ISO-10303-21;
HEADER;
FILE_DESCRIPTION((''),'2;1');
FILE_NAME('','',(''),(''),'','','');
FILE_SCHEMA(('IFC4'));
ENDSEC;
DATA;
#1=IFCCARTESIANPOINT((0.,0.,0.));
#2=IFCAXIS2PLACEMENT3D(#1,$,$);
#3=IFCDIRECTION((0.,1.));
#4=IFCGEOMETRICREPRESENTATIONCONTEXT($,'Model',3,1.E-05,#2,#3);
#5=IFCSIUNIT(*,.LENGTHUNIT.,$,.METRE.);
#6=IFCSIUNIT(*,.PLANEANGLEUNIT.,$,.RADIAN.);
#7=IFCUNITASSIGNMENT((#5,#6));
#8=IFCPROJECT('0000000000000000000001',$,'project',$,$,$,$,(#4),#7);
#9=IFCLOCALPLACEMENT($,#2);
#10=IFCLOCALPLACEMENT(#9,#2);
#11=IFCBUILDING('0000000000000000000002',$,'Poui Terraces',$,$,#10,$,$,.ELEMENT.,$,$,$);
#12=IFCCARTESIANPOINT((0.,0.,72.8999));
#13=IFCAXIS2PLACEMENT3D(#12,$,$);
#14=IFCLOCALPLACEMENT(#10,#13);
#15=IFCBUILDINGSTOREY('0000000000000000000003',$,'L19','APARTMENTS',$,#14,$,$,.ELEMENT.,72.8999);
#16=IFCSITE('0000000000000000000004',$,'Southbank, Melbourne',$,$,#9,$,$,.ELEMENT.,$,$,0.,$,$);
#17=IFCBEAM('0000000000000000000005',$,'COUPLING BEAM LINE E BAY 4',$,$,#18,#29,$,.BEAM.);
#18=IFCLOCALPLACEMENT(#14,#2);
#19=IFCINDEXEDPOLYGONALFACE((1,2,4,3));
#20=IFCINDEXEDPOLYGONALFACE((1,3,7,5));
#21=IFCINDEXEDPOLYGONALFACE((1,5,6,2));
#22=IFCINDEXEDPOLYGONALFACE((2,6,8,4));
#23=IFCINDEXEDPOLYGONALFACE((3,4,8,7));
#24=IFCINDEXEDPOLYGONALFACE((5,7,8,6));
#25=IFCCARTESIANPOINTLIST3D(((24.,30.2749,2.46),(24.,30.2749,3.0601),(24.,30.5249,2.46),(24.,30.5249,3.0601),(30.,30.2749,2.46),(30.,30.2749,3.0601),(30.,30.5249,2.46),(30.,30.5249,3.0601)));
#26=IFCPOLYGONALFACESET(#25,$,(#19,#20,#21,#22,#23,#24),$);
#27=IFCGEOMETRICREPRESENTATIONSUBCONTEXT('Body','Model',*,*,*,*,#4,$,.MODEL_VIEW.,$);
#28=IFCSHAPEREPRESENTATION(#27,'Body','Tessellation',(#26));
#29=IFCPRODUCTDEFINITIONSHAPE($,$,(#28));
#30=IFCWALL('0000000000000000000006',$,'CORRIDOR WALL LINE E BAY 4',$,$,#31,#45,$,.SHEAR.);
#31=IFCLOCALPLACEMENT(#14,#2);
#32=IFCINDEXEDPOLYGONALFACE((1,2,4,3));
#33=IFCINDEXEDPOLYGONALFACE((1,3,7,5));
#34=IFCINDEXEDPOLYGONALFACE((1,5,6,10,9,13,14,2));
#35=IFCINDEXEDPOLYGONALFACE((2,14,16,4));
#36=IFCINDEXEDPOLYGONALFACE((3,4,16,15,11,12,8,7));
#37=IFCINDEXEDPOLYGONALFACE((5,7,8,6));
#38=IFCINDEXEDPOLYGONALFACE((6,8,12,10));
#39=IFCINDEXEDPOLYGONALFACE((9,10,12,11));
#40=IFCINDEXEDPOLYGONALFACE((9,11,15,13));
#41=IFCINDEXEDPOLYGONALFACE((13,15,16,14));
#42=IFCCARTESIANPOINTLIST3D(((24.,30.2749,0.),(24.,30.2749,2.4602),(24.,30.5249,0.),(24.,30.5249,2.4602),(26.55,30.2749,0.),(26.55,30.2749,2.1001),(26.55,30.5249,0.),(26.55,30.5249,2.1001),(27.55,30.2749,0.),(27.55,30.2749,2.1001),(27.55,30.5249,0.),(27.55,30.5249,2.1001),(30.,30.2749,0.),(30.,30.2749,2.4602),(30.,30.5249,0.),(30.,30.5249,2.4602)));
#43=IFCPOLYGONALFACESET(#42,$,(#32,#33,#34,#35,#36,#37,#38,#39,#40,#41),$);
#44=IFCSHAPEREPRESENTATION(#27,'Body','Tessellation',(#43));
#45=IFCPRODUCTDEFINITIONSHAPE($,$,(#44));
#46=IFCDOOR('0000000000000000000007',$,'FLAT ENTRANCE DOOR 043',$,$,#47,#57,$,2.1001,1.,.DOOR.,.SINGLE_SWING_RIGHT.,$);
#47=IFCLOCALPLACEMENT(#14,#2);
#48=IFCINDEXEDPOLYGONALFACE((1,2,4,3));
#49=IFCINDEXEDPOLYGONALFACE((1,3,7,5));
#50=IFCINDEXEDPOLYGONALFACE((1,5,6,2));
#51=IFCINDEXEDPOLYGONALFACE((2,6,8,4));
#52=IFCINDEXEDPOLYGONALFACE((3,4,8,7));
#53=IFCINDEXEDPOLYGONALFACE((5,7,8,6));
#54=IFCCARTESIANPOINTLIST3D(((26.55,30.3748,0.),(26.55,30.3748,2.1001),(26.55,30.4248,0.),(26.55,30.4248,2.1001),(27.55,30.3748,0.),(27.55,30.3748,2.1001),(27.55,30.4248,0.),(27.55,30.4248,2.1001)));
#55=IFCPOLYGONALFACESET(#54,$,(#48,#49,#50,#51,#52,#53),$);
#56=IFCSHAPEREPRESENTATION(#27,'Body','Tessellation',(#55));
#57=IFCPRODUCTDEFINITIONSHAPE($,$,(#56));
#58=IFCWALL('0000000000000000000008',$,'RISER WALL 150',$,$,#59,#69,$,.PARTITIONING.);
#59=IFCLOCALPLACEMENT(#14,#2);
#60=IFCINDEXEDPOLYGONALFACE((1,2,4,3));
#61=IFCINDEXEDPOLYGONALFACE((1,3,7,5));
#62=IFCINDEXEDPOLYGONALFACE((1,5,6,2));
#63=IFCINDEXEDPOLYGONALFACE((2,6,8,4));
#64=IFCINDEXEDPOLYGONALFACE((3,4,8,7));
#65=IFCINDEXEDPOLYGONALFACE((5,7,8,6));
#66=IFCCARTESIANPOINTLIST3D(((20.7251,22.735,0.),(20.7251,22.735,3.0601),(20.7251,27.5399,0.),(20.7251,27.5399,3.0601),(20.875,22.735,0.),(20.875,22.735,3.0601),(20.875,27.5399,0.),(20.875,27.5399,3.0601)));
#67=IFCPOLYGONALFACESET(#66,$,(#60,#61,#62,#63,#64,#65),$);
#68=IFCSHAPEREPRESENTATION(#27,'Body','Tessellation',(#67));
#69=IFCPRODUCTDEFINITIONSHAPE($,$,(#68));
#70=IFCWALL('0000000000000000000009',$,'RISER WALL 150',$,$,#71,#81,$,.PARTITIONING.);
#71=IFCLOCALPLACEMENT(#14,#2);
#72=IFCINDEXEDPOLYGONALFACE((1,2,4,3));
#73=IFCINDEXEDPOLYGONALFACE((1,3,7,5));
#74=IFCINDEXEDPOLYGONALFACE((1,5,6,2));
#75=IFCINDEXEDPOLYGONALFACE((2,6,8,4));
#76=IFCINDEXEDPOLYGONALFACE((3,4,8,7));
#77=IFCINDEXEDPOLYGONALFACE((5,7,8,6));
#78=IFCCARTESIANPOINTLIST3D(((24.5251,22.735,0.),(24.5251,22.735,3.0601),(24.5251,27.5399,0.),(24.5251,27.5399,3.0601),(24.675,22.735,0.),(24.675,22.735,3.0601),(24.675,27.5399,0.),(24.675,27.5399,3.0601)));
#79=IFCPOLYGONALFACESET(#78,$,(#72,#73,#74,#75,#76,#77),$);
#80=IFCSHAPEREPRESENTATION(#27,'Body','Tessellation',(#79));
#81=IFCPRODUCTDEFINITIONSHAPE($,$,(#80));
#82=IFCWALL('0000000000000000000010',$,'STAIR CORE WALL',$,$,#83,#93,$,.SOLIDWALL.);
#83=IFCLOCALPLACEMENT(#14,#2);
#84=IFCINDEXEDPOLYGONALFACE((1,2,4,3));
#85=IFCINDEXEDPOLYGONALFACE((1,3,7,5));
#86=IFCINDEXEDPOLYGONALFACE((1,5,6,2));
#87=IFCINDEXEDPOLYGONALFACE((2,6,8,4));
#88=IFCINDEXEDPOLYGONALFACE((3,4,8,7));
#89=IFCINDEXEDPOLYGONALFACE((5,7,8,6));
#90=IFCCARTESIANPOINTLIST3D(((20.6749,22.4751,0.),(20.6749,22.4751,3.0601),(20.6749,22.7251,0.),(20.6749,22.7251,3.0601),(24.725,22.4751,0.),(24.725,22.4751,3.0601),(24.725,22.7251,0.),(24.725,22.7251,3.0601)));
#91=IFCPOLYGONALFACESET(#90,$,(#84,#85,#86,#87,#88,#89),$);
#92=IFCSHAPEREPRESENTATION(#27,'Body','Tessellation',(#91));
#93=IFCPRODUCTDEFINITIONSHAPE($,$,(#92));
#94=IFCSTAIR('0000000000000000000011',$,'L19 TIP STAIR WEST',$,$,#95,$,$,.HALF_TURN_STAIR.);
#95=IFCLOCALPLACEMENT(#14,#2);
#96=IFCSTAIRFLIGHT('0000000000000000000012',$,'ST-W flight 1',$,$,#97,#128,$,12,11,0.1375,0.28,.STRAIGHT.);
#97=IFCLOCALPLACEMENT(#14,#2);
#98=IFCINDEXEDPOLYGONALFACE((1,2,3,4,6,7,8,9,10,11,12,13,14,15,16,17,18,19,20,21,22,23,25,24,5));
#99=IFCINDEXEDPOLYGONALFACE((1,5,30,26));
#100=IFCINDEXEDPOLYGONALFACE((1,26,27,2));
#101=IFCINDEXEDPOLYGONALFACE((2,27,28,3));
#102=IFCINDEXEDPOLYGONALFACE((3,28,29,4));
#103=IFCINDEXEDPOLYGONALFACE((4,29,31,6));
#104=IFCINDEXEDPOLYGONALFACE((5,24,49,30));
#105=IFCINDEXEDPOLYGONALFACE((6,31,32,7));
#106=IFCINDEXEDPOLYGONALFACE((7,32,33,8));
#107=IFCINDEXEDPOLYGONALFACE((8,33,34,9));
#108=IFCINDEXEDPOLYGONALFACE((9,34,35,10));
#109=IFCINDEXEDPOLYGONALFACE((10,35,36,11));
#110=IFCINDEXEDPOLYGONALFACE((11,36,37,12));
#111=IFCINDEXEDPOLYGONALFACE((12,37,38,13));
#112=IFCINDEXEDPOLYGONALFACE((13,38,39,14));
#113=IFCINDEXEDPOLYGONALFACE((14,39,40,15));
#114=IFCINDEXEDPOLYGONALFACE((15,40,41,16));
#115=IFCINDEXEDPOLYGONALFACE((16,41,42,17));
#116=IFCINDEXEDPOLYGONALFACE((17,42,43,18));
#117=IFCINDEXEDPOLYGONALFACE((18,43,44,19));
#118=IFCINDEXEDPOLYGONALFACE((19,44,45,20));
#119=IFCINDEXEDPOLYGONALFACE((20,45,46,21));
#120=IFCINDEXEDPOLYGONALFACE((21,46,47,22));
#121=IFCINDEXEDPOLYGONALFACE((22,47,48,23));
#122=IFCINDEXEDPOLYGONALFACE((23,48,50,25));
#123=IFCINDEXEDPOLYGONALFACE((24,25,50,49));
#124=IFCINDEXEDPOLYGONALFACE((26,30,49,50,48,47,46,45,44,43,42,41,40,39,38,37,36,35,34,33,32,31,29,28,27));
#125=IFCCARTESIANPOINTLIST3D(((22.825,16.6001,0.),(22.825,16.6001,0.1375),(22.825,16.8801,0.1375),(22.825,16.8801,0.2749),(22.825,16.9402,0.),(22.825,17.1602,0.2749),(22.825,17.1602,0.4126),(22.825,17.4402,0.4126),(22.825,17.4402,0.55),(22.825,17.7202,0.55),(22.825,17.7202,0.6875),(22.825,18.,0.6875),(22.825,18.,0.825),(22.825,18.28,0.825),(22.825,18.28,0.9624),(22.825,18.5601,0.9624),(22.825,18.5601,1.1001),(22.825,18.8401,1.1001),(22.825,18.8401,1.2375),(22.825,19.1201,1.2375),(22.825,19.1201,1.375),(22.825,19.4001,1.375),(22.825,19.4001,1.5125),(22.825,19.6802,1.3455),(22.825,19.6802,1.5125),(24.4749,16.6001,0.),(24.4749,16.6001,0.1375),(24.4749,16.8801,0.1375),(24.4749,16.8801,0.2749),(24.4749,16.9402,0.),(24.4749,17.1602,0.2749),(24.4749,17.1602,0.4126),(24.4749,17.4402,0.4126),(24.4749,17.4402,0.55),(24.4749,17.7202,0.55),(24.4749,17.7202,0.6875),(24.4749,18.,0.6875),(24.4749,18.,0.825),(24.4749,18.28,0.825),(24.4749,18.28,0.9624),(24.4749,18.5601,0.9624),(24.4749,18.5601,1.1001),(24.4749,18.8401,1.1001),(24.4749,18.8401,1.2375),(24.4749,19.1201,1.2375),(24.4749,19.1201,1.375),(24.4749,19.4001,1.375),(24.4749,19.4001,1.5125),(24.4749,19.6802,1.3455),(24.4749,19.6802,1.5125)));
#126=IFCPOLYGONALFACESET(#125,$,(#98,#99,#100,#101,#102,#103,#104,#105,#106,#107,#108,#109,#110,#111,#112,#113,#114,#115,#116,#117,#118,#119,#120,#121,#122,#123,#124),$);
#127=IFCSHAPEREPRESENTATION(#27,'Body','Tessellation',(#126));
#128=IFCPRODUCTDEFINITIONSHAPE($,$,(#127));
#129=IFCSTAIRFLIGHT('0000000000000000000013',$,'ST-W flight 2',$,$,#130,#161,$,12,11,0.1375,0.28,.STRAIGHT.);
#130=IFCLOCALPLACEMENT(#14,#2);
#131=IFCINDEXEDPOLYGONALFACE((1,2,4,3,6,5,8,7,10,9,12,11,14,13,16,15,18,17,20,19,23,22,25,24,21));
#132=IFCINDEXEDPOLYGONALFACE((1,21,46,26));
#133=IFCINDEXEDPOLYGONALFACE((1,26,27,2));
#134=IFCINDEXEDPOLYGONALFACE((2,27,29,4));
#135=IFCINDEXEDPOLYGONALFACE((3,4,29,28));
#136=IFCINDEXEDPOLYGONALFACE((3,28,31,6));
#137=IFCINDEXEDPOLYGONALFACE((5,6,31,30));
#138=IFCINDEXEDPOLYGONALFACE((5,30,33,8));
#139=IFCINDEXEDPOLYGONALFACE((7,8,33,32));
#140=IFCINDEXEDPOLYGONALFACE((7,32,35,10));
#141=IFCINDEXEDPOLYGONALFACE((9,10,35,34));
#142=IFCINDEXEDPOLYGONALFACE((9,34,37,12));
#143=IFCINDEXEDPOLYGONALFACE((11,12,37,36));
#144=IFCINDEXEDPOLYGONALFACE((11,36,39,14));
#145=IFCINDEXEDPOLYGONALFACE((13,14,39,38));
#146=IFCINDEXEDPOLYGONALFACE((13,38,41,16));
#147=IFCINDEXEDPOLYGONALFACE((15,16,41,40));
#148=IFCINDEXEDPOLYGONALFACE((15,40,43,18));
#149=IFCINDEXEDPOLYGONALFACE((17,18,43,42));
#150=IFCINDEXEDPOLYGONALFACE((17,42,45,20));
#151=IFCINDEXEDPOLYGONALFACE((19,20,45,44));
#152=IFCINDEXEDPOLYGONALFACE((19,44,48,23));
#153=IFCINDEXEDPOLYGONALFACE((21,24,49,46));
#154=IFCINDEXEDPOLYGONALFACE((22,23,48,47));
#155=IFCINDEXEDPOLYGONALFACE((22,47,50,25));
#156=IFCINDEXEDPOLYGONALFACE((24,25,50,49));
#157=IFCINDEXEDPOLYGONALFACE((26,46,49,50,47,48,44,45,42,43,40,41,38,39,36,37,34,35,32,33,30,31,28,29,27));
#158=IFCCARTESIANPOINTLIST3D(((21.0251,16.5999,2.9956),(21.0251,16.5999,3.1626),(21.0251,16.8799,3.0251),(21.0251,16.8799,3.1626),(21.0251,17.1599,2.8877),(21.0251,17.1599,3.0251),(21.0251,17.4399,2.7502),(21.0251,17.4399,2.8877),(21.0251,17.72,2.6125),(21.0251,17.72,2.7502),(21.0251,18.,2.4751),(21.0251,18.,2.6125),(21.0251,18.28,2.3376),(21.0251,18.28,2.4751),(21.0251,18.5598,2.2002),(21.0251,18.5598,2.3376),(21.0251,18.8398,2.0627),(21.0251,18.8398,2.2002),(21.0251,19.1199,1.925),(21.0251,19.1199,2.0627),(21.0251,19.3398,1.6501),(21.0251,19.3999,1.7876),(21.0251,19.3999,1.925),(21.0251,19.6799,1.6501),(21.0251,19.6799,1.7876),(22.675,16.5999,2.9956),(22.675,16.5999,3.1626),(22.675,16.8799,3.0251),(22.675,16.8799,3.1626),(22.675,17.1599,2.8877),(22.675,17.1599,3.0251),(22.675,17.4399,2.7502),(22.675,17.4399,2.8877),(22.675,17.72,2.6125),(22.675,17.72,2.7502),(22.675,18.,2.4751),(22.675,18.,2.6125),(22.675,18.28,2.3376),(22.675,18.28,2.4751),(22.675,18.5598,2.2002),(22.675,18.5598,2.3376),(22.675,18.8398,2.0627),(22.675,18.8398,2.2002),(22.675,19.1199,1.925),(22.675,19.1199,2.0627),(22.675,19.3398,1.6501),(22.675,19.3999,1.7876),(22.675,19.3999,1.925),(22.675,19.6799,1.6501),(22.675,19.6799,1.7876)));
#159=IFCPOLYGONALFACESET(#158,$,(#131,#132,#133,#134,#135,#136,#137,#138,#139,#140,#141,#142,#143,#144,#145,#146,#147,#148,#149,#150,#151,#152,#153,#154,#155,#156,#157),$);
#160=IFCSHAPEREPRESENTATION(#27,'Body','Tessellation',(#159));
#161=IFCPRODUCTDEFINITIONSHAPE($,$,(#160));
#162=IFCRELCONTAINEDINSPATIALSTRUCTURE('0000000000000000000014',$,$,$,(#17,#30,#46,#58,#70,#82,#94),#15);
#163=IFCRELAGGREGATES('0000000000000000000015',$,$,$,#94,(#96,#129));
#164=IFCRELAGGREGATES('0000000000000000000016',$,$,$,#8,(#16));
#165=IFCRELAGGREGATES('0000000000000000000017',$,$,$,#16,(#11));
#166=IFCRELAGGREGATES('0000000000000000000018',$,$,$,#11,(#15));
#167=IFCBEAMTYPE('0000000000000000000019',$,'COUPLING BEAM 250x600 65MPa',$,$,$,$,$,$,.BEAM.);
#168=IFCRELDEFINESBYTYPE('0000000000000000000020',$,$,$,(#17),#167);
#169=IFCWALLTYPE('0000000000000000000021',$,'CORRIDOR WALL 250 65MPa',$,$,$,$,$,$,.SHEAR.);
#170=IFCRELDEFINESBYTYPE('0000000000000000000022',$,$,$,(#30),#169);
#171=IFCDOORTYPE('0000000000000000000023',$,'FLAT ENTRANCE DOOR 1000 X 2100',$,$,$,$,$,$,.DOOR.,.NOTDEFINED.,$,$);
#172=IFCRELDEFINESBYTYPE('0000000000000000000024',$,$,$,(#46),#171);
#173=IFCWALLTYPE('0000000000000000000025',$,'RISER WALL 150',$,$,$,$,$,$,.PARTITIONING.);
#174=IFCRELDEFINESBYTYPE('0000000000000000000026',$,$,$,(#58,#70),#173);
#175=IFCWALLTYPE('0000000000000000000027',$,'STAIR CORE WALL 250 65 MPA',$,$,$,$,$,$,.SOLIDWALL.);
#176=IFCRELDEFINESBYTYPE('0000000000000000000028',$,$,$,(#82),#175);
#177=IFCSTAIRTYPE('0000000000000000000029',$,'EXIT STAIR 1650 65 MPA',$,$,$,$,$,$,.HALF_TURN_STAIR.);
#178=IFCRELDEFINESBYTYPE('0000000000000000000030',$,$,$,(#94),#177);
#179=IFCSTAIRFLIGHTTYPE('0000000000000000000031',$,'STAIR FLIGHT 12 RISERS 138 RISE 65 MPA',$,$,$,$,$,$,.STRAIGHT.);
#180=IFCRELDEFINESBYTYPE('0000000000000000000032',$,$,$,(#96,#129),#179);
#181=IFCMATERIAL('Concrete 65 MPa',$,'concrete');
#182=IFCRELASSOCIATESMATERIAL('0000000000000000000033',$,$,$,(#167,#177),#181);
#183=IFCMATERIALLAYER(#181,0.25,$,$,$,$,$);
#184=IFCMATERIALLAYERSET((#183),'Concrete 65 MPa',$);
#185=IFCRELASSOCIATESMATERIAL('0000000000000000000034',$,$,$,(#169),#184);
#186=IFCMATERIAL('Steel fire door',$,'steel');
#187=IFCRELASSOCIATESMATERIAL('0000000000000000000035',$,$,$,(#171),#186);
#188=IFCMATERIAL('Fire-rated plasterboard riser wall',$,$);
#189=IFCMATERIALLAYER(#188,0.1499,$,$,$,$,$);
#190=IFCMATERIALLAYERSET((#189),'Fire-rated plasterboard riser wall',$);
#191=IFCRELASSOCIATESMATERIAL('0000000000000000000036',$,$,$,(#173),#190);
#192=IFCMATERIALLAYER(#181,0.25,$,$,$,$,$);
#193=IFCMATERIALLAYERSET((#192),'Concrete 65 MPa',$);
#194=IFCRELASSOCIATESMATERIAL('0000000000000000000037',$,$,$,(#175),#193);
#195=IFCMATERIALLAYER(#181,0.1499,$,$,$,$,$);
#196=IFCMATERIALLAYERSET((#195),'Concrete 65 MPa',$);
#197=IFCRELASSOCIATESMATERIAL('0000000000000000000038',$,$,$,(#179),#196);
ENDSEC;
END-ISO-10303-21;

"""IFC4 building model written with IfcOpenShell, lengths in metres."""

from ifc_helpers import new_model, si_unit, direction, frame, frame_2d, origin, origin_2d, place, context, subcontext, project, spatial, polyline, rectangle, outline, extrude, source, transform, mapped, material, layer, layer_set, material_profile, profile_set, type_object, element, fill, aggregate, save


model = new_model("IFC4")

# Units and contexts
model_context = context("Model", 3, precision=1e-05, world=origin(), true_north=direction((0.0, 1.0)))
body_context = subcontext(model_context, "Body", "Model", "MODEL_VIEW")
ifc_project = project(units=[si_unit("LENGTHUNIT", "METRE"), si_unit("PLANEANGLEUNIT", "RADIAN")], contexts=[model_context])

# Site, building, storey
site_placement = place(None, origin())
site = spatial("IfcSite", under=ifc_project, at=site_placement, Name="Southbank, Melbourne", CompositionType="ELEMENT", RefElevation=0.0)
building_placement = place(site_placement, origin())
building = spatial("IfcBuilding", under=site, at=building_placement, Name="Poui Terraces", CompositionType="ELEMENT")
storey_placement = place(building_placement, frame((0.0, 0.0, 72.8999)))
storey = spatial("IfcBuildingStorey", under=building, at=storey_placement, Name="L19", Description="APARTMENTS", CompositionType="ELEMENT", Elevation=72.8999)

# Beam
ifc_material_1 = material(Name="Concrete 65 MPa", Category="concrete")
ifc_material_profile = material_profile(ifc_material_1, rectangle(XDim=0.25, YDim=0.6001, at=origin_2d()), Name="RC 250x600")
ifc_profile_set = profile_set([ifc_material_profile], Name="Concrete 65 MPa")
beam_type = type_object("IfcBeamType", Name="COUPLING BEAM 250x600 65MPa", PredefinedType="BEAM", material=ifc_profile_set)
shared_shape = source(origin(), body_context, "Body", "SweptSolid", [
    extrude(rectangle(XDim=0.25, YDim=0.6001, at=origin_2d()), origin(), (0.0, 0.0, 1.0), 6.0),
])
beam_placement = place(storey_placement, frame((24.0, 30.3999, 2.76), z_axis=(1.0, 0.0, 0.0), x_axis=(0.0, 1.0, 0.0)))
element("IfcBeam", 1, at=beam_placement, inside=storey, type_object=beam_type, Name="COUPLING BEAM LINE E BAY 4", PredefinedType="BEAM", context=body_context, shape_type="MappedRepresentation", body=[
    mapped(shared_shape, transform((0.0, 0.0, 0.0))),
])

# Wall, opening, door
ifc_layer_1 = layer(ifc_material_1, 0.25)
ifc_layer_set_1 = layer_set([ifc_layer_1], Name="Concrete 65 MPa")
wall_type_1 = type_object("IfcWallType", Name="CORRIDOR WALL 250 65MPa", PredefinedType="SHEAR", material=ifc_layer_set_1)
wall_1_placement = place(storey_placement, frame((24.0, 30.3999, 0.0), z_axis=(0.0, 0.0, 1.0), x_axis=(1.0, 0.0, 0.0)))
wall_1 = element("IfcWall", 2, at=wall_1_placement, inside=storey, type_object=wall_type_1, Name="CORRIDOR WALL LINE E BAY 4", PredefinedType="SHEAR", context=body_context, shape_type="SweptSolid", body=[
    extrude(rectangle(XDim=6.0, YDim=0.25, at=frame_2d((3.0, 0.0))), origin(), (0.0, 0.0, 1.0), 2.4602),
])
opening_placement = place(wall_1_placement, frame((2.55, 0.0, 0.0)))
opening = element("IfcOpeningElement", 3, at=opening_placement, cuts=wall_1, PredefinedType="OPENING", context=body_context, shape_type="SweptSolid", body=[
    extrude(rectangle(XDim=1.0, YDim=2.1001, at=frame_2d((0.5, 1.05))), frame((0.0, 0.135, 0.0), z_axis=(0.0, -1.0, 0.0), x_axis=(1.0, 0.0, 0.0)), (0.0, 0.0, 1.0), 0.27),
])
ifc_material_2 = material(Name="Steel fire door", Category="steel")
door_type = type_object("IfcDoorType", Name="FLAT ENTRANCE DOOR 1000 X 2100", OperationType="NOTDEFINED", PredefinedType="DOOR", material=ifc_material_2)
door_placement = place(opening_placement, origin())
door = element("IfcDoor", 4, at=door_placement, inside=storey, type_object=door_type, Name="FLAT ENTRANCE DOOR 043", OperationType="SINGLE_SWING_RIGHT", OverallHeight=2.1001, OverallWidth=1.0, PredefinedType="DOOR", context=body_context, shape_type="SweptSolid", body=[
    extrude(rectangle(XDim=1.0, YDim=2.1001, at=frame_2d((0.5, 1.05))), frame((0.0, 0.0249, 0.0), z_axis=(0.0, -1.0, 0.0), x_axis=(1.0, 0.0, 0.0)), (0.0, 0.0, 1.0), 0.05),
])
fill(opening, door)

# Walls
ifc_material_3 = material(Name="Fire-rated plasterboard riser wall")
ifc_layer_2 = layer(ifc_material_3, 0.1499)
ifc_layer_set_2 = layer_set([ifc_layer_2], Name="Fire-rated plasterboard riser wall")
wall_type_2 = type_object("IfcWallType", Name="RISER WALL 150", PredefinedType="PARTITIONING", material=ifc_layer_set_2)
for number, where, z_axis, x_axis, name in (
    (5, (20.8, 22.7351, 0.0), (0.0, 0.0, 1.0), (0.0, 1.0, 0.0), "RISER WALL 150"),
    (6, (24.6001, 22.7351, 0.0), (0.0, 0.0, 1.0), (0.0, 1.0, 0.0), "RISER WALL 150"),
):
    element("IfcWall", number, at=place(storey_placement, frame(where, z_axis=z_axis, x_axis=x_axis)), inside=storey, type_object=wall_type_2, Name=name, PredefinedType="PARTITIONING", context=body_context, shape_type="SweptSolid", body=[
        extrude(rectangle(XDim=4.8049, YDim=0.1499, at=frame_2d((2.4023, 0.0))), origin(), (0.0, 0.0, 1.0), 3.0601),
    ])
ifc_layer_3 = layer(ifc_material_1, 0.25)
ifc_layer_set_3 = layer_set([ifc_layer_3], Name="Concrete 65 MPa")
wall_type_3 = type_object("IfcWallType", Name="STAIR CORE WALL 250 65 MPA", PredefinedType="SOLIDWALL", material=ifc_layer_set_3)
wall_2_placement = place(storey_placement, frame((20.675, 22.6001, 0.0), z_axis=(0.0, 0.0, 1.0), x_axis=(1.0, 0.0, 0.0)))
element("IfcWall", 7, at=wall_2_placement, inside=storey, type_object=wall_type_3, Name="STAIR CORE WALL", PredefinedType="SOLIDWALL", context=body_context, shape_type="SweptSolid", body=[
    extrude(rectangle(XDim=4.05, YDim=0.25, at=frame_2d((2.0249, 0.0))), origin(), (0.0, 0.0, 1.0), 3.0601),
])

# Stair, stair flights
stair_type = type_object("IfcStairType", Name="EXIT STAIR 1650 65 MPA", PredefinedType="HALF_TURN_STAIR", material=ifc_material_1)
stair_placement = place(storey_placement, origin())
stair = element("IfcStair", 8, at=stair_placement, inside=storey, type_object=stair_type, Name="L19 TIP STAIR WEST", PredefinedType="HALF_TURN_STAIR")
ifc_layer_4 = layer(ifc_material_1, 0.1499)
ifc_layer_set_4 = layer_set([ifc_layer_4], Name="Concrete 65 MPa")
stair_flight_type = type_object("IfcStairFlightType", Name="STAIR FLIGHT 12 RISERS 138 RISE 65 MPA", PredefinedType="STRAIGHT", material=ifc_layer_set_4)
stair_flight_1_placement = place(storey_placement, frame((23.6499, 16.6001, 0.0), z_axis=(0.0, 0.0, 1.0), x_axis=(0.0, 1.0, 0.0)))
stair_flight_1 = element("IfcStairFlight", 9, at=stair_flight_1_placement, type_object=stair_flight_type, Name="ST-W flight 1", NumberOfRisers=12, NumberOfTreads=11, PredefinedType="STRAIGHT", RiserHeight=0.1375, TreadLength=0.28, context=body_context, shape_type="SweptSolid", body=[
    extrude(outline(polyline([(0.0, 0.0), (0.0, 0.1375), (0.28, 0.1375), (0.28, 0.2749), (0.5601, 0.2749), (0.5601, 0.4126), (0.8401, 0.4126), (0.8401, 0.55), (1.1201, 0.55), (1.1201, 0.6875), (1.3999, 0.6875), (1.3999, 0.825), (1.6799, 0.825), (1.6799, 0.9624), (1.96, 0.9624), (1.96, 1.1001), (2.24, 1.1001), (2.24, 1.2375), (2.52, 1.2375), (2.52, 1.375), (2.8, 1.375), (2.8, 1.5125), (3.0801, 1.5125), (3.0801, 1.6499), (3.0801, 1.3455), (0.3401, 0.0), (0.0, 0.0)])), frame((0.0, 0.825, 0.0), z_axis=(0.0, -1.0, 0.0), x_axis=(1.0, 0.0, 0.0)), (0.0, 0.0, 1.0), 1.6499),
])
stair_flight_2_placement = place(storey_placement, frame((21.8501, 19.6799, 1.6501), z_axis=(0.0, 0.0, 1.0), x_axis=(0.0, -1.0, 0.0)))
stair_flight_2 = element("IfcStairFlight", 10, at=stair_flight_2_placement, type_object=stair_flight_type, Name="ST-W flight 2", NumberOfRisers=12, NumberOfTreads=11, PredefinedType="STRAIGHT", RiserHeight=0.1375, TreadLength=0.28, context=body_context, shape_type="SweptSolid", body=[
    extrude(outline(polyline([(0.0, 0.0), (0.0, 0.1375), (0.28, 0.1375), (0.28, 0.2749), (0.5601, 0.2749), (0.5601, 0.4126), (0.8401, 0.4126), (0.8401, 0.55), (1.1201, 0.55), (1.1201, 0.6875), (1.3999, 0.6875), (1.3999, 0.825), (1.6799, 0.825), (1.6799, 0.9624), (1.96, 0.9624), (1.96, 1.1001), (2.24, 1.1001), (2.24, 1.2375), (2.52, 1.2375), (2.52, 1.375), (2.8, 1.375), (2.8, 1.5125), (3.0801, 1.5125), (3.0801, 1.6499), (3.0801, 1.3455), (0.3401, 0.0), (0.0, 0.0)])), frame((0.0, 0.825, 0.0), z_axis=(0.0, -1.0, 0.0), x_axis=(1.0, 0.0, 0.0)), (0.0, 0.0, 1.0), 1.6499),
])
aggregate(stair, [stair_flight_1, stair_flight_2])

save(model, "model.ifc")
